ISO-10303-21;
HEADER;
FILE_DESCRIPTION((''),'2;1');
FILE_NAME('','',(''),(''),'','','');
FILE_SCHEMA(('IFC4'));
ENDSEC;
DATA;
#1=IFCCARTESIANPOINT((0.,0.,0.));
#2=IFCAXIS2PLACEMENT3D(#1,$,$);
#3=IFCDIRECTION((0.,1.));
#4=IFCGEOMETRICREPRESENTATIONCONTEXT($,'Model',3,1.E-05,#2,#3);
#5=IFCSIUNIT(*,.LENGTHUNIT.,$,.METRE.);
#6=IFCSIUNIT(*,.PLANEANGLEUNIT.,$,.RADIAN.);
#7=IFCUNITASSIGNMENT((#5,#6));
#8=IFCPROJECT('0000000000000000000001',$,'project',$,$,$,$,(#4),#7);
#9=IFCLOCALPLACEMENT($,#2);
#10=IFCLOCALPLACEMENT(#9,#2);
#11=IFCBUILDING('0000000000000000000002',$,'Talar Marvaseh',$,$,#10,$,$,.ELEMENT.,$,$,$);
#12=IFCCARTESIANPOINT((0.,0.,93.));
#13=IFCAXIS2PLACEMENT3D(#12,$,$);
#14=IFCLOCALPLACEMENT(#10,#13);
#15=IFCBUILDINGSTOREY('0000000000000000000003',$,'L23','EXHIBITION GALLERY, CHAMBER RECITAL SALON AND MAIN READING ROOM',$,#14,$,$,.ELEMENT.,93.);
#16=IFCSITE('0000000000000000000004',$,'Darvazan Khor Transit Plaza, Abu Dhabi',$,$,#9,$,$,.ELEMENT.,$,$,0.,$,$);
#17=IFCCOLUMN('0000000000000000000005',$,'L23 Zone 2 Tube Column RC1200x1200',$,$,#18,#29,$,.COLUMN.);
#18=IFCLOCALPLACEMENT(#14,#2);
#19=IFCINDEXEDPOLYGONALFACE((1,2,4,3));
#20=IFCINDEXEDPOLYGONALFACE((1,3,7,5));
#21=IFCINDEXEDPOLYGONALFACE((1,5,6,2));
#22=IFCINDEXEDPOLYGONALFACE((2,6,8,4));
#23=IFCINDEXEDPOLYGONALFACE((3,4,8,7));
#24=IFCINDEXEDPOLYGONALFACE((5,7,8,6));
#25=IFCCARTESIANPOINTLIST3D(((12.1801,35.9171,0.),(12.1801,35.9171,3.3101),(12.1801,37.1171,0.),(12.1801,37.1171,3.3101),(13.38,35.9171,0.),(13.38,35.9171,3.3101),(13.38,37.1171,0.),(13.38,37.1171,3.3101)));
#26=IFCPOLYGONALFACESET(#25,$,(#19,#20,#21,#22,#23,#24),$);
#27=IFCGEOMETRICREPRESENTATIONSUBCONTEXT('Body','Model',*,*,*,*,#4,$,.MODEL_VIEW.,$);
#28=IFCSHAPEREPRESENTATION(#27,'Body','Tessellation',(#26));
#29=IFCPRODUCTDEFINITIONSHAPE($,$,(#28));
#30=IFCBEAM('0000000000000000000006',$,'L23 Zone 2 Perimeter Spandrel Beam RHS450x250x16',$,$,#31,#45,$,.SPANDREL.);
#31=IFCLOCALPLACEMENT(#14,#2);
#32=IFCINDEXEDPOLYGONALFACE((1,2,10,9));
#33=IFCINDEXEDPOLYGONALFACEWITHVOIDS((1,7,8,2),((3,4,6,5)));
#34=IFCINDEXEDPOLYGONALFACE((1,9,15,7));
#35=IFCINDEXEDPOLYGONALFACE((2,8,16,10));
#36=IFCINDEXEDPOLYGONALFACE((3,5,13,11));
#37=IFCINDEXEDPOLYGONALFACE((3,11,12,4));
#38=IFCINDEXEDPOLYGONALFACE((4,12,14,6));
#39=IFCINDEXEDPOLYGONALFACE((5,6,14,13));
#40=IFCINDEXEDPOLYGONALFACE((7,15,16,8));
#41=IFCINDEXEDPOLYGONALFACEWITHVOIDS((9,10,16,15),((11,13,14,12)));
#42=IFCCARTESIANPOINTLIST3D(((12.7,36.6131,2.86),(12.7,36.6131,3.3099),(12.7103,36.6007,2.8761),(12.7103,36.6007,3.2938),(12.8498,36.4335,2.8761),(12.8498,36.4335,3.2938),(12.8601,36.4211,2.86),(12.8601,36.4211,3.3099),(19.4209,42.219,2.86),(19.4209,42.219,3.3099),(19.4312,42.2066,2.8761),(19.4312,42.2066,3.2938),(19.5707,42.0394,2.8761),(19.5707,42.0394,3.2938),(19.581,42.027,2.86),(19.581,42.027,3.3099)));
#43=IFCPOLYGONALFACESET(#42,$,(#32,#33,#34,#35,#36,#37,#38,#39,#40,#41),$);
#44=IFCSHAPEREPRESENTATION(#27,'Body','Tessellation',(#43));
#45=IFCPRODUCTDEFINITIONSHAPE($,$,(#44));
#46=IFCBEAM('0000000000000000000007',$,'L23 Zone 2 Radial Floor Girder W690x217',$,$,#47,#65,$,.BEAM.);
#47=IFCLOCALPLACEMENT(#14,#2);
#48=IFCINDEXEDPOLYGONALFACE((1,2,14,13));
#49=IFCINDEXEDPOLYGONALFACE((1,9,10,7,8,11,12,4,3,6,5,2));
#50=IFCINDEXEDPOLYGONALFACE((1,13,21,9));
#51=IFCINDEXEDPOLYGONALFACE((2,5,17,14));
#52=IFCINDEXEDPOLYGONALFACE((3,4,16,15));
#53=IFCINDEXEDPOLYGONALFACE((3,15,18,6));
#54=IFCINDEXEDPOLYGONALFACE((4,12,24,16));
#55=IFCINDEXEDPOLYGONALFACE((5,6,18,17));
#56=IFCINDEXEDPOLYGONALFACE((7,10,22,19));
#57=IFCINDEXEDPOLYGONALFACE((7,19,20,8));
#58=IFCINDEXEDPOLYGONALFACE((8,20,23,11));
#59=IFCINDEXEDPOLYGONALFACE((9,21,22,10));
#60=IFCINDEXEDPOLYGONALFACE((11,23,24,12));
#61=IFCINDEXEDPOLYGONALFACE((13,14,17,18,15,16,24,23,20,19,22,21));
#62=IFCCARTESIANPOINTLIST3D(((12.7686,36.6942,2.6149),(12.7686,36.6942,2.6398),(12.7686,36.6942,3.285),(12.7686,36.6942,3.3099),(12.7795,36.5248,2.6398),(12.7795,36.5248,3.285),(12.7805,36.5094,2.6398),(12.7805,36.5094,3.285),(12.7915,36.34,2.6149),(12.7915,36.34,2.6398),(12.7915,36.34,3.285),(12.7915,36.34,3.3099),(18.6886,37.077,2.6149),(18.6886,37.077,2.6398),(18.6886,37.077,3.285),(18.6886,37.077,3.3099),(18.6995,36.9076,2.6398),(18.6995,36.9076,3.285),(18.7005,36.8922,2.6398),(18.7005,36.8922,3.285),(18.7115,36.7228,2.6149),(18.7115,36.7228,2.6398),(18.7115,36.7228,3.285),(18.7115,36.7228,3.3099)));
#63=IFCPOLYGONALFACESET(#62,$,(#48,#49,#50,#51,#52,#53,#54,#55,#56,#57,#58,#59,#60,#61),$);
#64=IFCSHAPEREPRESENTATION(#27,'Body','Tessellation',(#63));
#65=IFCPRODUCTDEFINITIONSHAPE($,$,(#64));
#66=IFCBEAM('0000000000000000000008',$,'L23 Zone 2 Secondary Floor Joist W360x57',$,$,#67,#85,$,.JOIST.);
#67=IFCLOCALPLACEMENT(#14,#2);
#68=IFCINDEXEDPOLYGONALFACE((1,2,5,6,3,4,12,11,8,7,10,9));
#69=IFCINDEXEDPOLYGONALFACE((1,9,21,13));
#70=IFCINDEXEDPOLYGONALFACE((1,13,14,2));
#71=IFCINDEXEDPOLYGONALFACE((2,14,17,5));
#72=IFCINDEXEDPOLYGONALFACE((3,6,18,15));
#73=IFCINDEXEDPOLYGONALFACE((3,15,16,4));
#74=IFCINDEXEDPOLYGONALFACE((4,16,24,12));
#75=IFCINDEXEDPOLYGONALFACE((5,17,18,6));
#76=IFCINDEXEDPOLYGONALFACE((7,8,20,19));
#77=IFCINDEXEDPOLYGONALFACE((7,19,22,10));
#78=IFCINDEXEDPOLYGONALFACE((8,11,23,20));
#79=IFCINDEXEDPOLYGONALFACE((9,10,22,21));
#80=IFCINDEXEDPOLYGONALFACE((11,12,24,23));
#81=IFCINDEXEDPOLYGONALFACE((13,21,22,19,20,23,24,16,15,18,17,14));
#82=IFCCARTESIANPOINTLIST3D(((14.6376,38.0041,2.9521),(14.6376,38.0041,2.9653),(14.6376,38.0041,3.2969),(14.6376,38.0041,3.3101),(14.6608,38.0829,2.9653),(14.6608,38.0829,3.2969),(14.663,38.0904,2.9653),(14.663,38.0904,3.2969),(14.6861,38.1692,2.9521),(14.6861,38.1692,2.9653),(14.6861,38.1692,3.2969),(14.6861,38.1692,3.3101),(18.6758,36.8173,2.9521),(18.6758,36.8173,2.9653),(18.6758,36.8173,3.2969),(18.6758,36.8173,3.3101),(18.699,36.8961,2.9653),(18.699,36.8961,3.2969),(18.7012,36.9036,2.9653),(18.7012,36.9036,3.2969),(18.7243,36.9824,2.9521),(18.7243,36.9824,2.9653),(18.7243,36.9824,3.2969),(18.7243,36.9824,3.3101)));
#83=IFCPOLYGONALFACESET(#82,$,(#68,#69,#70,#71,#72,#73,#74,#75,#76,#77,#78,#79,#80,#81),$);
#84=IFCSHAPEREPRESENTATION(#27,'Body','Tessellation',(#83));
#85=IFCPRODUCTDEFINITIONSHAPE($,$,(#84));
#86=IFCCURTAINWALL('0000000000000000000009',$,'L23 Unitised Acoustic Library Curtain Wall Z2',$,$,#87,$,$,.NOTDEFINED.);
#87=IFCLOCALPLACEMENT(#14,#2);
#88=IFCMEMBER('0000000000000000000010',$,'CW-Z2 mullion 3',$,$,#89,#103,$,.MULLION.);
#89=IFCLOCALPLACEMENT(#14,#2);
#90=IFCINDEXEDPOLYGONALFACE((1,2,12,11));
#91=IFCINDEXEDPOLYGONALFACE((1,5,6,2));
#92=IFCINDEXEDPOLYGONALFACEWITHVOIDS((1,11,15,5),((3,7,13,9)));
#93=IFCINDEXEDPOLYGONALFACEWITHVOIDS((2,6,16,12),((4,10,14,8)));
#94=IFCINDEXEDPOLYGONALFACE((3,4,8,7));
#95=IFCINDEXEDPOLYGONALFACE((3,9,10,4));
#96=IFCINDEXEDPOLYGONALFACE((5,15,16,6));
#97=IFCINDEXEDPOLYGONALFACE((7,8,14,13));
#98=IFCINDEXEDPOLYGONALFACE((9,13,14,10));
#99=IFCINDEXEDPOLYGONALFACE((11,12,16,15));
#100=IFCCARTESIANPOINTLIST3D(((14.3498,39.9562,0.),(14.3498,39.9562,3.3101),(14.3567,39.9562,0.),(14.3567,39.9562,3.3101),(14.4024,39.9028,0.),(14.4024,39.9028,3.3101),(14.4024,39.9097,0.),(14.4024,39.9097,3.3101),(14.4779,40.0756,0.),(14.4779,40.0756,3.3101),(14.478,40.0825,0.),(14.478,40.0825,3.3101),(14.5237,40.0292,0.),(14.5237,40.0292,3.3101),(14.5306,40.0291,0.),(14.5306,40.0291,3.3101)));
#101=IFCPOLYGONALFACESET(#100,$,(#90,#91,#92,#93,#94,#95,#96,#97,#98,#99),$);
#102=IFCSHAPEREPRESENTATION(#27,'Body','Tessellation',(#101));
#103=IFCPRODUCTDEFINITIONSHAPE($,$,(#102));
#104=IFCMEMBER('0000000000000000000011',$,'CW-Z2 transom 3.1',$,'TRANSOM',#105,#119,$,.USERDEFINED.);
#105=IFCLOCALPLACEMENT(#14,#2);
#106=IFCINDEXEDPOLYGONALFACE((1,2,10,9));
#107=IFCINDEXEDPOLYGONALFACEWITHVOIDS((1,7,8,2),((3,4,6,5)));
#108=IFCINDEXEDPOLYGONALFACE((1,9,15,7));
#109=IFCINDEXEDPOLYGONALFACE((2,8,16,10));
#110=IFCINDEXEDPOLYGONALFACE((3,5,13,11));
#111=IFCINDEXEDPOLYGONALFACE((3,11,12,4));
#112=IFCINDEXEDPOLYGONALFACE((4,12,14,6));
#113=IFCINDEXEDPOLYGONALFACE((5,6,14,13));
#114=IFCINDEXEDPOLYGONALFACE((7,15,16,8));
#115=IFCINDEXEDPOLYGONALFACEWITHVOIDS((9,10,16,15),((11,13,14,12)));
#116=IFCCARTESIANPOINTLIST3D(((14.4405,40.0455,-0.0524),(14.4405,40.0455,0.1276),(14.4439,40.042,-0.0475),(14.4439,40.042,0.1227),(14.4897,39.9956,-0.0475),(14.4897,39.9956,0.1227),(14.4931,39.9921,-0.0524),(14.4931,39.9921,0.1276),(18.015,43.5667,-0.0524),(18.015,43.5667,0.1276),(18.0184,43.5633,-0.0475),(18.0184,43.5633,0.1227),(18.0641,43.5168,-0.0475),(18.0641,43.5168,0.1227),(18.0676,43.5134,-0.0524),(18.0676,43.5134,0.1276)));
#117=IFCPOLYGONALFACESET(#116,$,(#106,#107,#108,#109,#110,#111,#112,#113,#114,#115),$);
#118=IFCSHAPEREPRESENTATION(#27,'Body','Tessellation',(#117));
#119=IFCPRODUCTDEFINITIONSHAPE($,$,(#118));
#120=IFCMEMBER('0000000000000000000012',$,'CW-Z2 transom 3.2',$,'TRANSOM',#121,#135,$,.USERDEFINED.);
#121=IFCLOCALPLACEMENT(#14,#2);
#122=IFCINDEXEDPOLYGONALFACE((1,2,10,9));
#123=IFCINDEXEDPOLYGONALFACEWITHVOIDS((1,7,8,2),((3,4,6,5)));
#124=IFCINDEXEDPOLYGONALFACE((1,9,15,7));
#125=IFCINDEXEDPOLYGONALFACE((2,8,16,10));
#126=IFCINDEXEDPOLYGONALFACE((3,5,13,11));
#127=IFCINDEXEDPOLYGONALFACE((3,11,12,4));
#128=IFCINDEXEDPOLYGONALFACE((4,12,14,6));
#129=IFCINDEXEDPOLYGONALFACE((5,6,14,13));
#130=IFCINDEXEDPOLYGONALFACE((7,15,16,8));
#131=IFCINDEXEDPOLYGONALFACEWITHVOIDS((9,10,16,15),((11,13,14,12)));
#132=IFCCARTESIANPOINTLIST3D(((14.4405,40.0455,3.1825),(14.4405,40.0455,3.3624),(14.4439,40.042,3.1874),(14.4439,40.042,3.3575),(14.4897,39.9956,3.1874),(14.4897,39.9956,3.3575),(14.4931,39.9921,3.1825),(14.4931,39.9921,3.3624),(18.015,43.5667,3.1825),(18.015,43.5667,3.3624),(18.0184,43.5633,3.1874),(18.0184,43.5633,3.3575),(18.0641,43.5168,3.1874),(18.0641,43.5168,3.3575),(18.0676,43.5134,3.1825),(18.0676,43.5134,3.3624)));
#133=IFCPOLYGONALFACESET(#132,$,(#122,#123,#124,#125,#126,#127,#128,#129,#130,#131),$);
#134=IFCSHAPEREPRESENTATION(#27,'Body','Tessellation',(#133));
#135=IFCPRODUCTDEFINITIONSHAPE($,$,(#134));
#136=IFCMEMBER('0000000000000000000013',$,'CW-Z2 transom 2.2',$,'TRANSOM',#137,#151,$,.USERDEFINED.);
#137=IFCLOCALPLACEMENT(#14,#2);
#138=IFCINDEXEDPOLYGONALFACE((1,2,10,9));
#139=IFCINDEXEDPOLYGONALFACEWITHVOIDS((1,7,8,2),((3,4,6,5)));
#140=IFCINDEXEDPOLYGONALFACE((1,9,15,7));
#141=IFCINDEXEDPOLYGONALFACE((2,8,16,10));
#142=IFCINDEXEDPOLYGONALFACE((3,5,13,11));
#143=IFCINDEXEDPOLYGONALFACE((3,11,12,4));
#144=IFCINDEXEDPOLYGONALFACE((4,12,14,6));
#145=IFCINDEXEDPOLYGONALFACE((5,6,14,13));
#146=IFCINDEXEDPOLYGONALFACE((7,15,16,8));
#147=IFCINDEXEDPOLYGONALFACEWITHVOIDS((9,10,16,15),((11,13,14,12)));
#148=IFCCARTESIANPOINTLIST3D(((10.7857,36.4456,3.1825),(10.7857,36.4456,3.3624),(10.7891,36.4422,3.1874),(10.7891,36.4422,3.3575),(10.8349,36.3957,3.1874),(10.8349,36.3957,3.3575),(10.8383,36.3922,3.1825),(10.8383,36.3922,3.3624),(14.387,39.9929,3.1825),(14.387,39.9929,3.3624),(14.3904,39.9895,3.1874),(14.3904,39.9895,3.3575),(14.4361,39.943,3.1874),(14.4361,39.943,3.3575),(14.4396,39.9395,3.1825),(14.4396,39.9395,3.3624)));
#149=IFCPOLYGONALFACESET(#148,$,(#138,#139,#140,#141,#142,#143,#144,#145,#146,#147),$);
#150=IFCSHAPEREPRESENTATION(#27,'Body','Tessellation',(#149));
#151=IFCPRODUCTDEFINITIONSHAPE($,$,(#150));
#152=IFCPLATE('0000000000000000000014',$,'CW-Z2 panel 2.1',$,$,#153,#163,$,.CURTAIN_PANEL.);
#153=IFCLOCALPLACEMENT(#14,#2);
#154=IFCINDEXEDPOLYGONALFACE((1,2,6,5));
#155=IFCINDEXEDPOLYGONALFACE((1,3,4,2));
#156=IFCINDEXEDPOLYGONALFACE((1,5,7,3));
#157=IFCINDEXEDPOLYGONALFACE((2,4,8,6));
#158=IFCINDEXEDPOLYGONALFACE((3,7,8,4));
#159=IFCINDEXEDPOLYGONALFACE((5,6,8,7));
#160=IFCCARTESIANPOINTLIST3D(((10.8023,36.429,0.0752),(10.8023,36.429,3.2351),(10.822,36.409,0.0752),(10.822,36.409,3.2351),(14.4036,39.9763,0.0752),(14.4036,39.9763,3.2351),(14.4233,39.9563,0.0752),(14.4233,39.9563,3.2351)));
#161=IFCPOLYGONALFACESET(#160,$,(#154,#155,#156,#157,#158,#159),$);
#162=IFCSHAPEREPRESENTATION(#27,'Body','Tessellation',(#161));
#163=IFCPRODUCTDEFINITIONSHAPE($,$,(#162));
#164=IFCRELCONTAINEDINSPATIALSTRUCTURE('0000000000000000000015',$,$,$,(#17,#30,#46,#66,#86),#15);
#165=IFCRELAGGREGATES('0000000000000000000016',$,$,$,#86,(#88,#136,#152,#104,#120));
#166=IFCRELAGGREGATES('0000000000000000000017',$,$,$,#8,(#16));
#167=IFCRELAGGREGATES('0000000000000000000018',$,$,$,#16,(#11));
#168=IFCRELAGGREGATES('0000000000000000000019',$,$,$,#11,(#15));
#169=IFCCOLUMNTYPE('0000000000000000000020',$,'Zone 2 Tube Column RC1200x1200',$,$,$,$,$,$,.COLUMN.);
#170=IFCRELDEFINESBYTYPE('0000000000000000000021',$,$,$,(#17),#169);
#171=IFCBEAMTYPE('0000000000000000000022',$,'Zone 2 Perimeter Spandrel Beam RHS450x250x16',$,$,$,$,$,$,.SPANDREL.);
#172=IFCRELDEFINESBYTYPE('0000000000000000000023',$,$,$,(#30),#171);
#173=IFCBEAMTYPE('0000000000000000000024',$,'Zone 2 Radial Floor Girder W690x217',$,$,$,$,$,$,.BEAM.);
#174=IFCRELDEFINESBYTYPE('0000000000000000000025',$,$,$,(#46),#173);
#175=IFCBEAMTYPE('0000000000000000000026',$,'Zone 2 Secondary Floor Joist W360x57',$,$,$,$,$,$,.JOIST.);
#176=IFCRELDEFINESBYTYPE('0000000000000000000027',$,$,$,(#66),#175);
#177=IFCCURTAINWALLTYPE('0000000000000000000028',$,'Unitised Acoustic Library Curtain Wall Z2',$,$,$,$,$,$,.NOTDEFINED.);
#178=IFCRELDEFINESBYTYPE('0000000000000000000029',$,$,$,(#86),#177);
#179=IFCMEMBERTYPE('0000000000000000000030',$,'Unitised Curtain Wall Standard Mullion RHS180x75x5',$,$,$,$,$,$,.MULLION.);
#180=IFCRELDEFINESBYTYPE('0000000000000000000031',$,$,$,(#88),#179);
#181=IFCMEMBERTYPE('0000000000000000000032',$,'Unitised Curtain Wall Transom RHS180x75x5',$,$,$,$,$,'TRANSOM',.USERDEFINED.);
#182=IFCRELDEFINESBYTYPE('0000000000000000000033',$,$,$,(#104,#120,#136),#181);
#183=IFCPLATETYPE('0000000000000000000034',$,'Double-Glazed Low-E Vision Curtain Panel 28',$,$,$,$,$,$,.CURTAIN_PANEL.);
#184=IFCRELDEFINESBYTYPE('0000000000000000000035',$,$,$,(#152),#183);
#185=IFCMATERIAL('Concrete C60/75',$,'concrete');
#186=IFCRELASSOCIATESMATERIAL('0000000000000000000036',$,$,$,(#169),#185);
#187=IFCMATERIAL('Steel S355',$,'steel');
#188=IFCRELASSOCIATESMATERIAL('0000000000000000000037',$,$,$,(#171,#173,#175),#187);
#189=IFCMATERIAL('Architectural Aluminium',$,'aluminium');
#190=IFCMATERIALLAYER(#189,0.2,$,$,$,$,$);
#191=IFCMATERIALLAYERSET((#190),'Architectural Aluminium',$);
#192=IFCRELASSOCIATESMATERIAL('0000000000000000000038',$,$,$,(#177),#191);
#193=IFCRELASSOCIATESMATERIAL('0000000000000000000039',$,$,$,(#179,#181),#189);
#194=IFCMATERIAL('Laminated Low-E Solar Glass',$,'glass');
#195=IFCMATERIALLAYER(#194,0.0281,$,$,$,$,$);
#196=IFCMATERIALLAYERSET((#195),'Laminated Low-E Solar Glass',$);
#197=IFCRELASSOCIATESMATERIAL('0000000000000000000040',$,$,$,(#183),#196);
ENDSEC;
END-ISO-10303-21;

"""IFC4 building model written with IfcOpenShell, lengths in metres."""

from ifc_helpers import new_model, si_unit, direction, frame, origin, origin_2d, place, context, subcontext, project, spatial, rectangle, hollow_rectangle, i_section, extrude, source, transform, mapped, material, layer, layer_set, material_profile, profile_set, type_object, type_shapes, element, aggregate, save


model = new_model("IFC4")

# Units and contexts
model_context = context("Model", 3, precision=1e-05, world=origin(), true_north=direction((0.0, 1.0)))
body_context = subcontext(model_context, "Body", "Model", "MODEL_VIEW")
ifc_project = project(units=[si_unit("LENGTHUNIT", "METRE"), si_unit("PLANEANGLEUNIT", "RADIAN")], contexts=[model_context])

# Site, building, storey
site_placement = place(None, origin())
site = spatial("IfcSite", under=ifc_project, at=site_placement, Name="Darvazan Khor Transit Plaza, Abu Dhabi", CompositionType="ELEMENT", RefElevation=0.0)
building_placement = place(site_placement, origin())
building = spatial("IfcBuilding", under=site, at=building_placement, Name="Talar Marvaseh", CompositionType="ELEMENT")
storey_placement = place(building_placement, frame((0.0, 0.0, 93.0)))
storey = spatial("IfcBuildingStorey", under=building, at=storey_placement, Name="L23", Description="EXHIBITION GALLERY, CHAMBER RECITAL SALON AND MAIN READING ROOM", CompositionType="ELEMENT", Elevation=93.0)

# Column
ifc_material_1 = material(Name="Concrete C60/75", Category="concrete")
ifc_material_profile_1 = material_profile(ifc_material_1, rectangle(XDim=1.2, YDim=1.2, at=origin_2d()), Name="RC1200x1200")
ifc_profile_set_1 = profile_set([ifc_material_profile_1], Name="Concrete C60/75")
column_type = type_object("IfcColumnType", Name="Zone 2 Tube Column RC1200x1200", PredefinedType="COLUMN", material=ifc_profile_set_1)
column_placement = place(storey_placement, frame((12.78, 36.5171, 0.0), z_axis=(0.0, 0.0, 1.0), x_axis=(1.0, 0.0, 0.0)))
element("IfcColumn", 1, at=column_placement, inside=storey, type_object=column_type, Name="L23 Zone 2 Tube Column RC1200x1200", PredefinedType="COLUMN", context=body_context, shape_type="SweptSolid", body=[
    extrude(rectangle(XDim=1.2, YDim=1.2, at=origin_2d()), origin(), (0.0, 0.0, 1.0), 3.3101),
])

# Beams
ifc_material_2 = material(Name="Steel S355", Category="steel")
ifc_material_profile_2 = material_profile(ifc_material_2, hollow_rectangle(XDim=0.25, YDim=0.45, WallThickness=0.0161, at=origin_2d()), Name="RHS450x250x16")
ifc_profile_set_2 = profile_set([ifc_material_profile_2], Name="Steel S355")
beam_type_1 = type_object("IfcBeamType", Name="Zone 2 Perimeter Spandrel Beam RHS450x250x16", PredefinedType="SPANDREL", material=ifc_profile_set_2)
beam_1_placement = place(storey_placement, frame((12.78, 36.5171, 3.085), z_axis=(0.767931, 0.640533, 0.0), x_axis=(-0.640533, 0.767931, 0.0)))
element("IfcBeam", 2, at=beam_1_placement, inside=storey, type_object=beam_type_1, Name="L23 Zone 2 Perimeter Spandrel Beam RHS450x250x16", PredefinedType="SPANDREL", context=body_context, shape_type="SweptSolid", body=[
    extrude(hollow_rectangle(XDim=0.25, YDim=0.45, WallThickness=0.0161, at=origin_2d()), origin(), (0.0, 0.0, 1.0), 8.752),
])
ifc_material_profile_3 = material_profile(ifc_material_2, i_section(OverallWidth=0.355, OverallDepth=0.6951, WebThickness=0.0154, FlangeThickness=0.0249, at=origin_2d()), Name="W690x217")
ifc_profile_set_3 = profile_set([ifc_material_profile_3], Name="Steel S355")
beam_type_2 = type_object("IfcBeamType", Name="Zone 2 Radial Floor Girder W690x217", PredefinedType="BEAM", material=ifc_profile_set_3)
beam_2_placement = place(storey_placement, frame((12.78, 36.5171, 2.9624), z_axis=(0.997916, 0.06453, 0.0), x_axis=(-0.06453, 0.997916, 0.0)))
element("IfcBeam", 3, at=beam_2_placement, inside=storey, type_object=beam_type_2, Name="L23 Zone 2 Radial Floor Girder W690x217", PredefinedType="BEAM", context=body_context, shape_type="SweptSolid", body=[
    extrude(i_section(OverallWidth=0.355, OverallDepth=0.6951, WebThickness=0.0154, FlangeThickness=0.0249, at=origin_2d()), origin(), (0.0, 0.0, 1.0), 5.9324),
])
ifc_material_profile_4 = material_profile(ifc_material_2, i_section(OverallWidth=0.1721, OverallDepth=0.3579, WebThickness=0.0078, FlangeThickness=0.0132, at=origin_2d()), Name="W360x57")
ifc_profile_set_4 = profile_set([ifc_material_profile_4], Name="Steel S355")
beam_type_3 = type_object("IfcBeamType", Name="Zone 2 Secondary Floor Joist W360x57", PredefinedType="JOIST", material=ifc_profile_set_4)
beam_3_placement = place(storey_placement, frame((14.6619, 38.0867, 3.1311), z_axis=(0.959424, -0.281968, 0.0), x_axis=(0.281968, 0.959424, 0.0)))
element("IfcBeam", 4, at=beam_3_placement, inside=storey, type_object=beam_type_3, Name="L23 Zone 2 Secondary Floor Joist W360x57", PredefinedType="JOIST", context=body_context, shape_type="SweptSolid", body=[
    extrude(i_section(OverallWidth=0.1721, OverallDepth=0.3579, WebThickness=0.0078, FlangeThickness=0.0132, at=origin_2d()), origin(), (0.0, 0.0, 1.0), 4.209),
])

# Curtain wall, members, plate
ifc_material_3 = material(Name="Architectural Aluminium", Category="aluminium")
ifc_layer_1 = layer(ifc_material_3, 0.2)
ifc_layer_set_1 = layer_set([ifc_layer_1], Name="Architectural Aluminium")
curtain_wall_type = type_object("IfcCurtainWallType", Name="Unitised Acoustic Library Curtain Wall Z2", PredefinedType="NOTDEFINED", material=ifc_layer_set_1)
curtain_wall_placement = place(storey_placement, origin())
curtain_wall = element("IfcCurtainWall", 5, at=curtain_wall_placement, inside=storey, type_object=curtain_wall_type, Name="L23 Unitised Acoustic Library Curtain Wall Z2", PredefinedType="NOTDEFINED")
ifc_material_profile_5 = material_profile(ifc_material_3, hollow_rectangle(XDim=0.075, YDim=0.1799, WallThickness=0.0049, at=origin_2d()), Name="RHS180x75x5")
ifc_profile_set_5 = profile_set([ifc_material_profile_5], Name="Architectural Aluminium")
member_type_1 = type_object("IfcMemberType", Name="Unitised Curtain Wall Standard Mullion RHS180x75x5", PredefinedType="MULLION", material=ifc_profile_set_5)
shared_shape_1 = source(origin(), body_context, "Body", "SweptSolid", [
    extrude(hollow_rectangle(XDim=0.075, YDim=0.1799, WallThickness=0.0049, at=origin_2d()), origin(), (0.0, 0.0, 1.0), 3.3101),
])
type_shapes(member_type_1, [shared_shape_1])
member_1_placement = place(storey_placement, frame((14.4402, 39.9927, 0.0), z_axis=(0.0, 0.0, 1.0), x_axis=(-0.701755, 0.712418, 0.0)))
member_1 = element("IfcMember", 6, at=member_1_placement, type_object=member_type_1, Name="CW-Z2 mullion 3", PredefinedType="MULLION", context=body_context, shape_type="MappedRepresentation", body=[
    mapped(shared_shape_1, transform((0.0, 0.0, 0.0), x_axis=(1.0, 0.0, 0.0), y_axis=(0.0, 1.0, 0.0), z_axis=(0.0, 0.0, 1.0), scale=1.0)),
])
ifc_material_profile_6 = material_profile(ifc_material_3, hollow_rectangle(XDim=0.075, YDim=0.1799, WallThickness=0.0049, at=origin_2d()), Name="RHS180x75x5")
ifc_profile_set_6 = profile_set([ifc_material_profile_6], Name="Architectural Aluminium")
member_type_2 = type_object("IfcMemberType", Name="Unitised Curtain Wall Transom RHS180x75x5", ElementType="TRANSOM", PredefinedType="USERDEFINED", material=ifc_profile_set_6)
shared_shape_2 = source(origin(), body_context, "Body", "SweptSolid", [
    extrude(hollow_rectangle(XDim=0.075, YDim=0.1799, WallThickness=0.0049, at=origin_2d()), origin(), (0.0, 0.0, 1.0), 5.0176),
])
member_2_placement = place(storey_placement, frame((14.4668, 40.0188, 0.0376), z_axis=(0.712391, 0.701783, 0.0), x_axis=(-0.701783, 0.712391, 0.0)))
member_2 = element("IfcMember", 7, at=member_2_placement, type_object=member_type_2, Name="CW-Z2 transom 3.1", ObjectType="TRANSOM", PredefinedType="USERDEFINED", context=body_context, shape_type="MappedRepresentation", body=[
    mapped(shared_shape_2, transform((0.0, 0.0, 0.0), x_axis=(1.0, 0.0, 0.0), y_axis=(0.0, 1.0, 0.0), z_axis=(0.0, 0.0, 1.0), scale=1.0)),
])
member_3_placement = place(storey_placement, frame((14.4668, 40.0188, 3.2725), z_axis=(0.712391, 0.701783, 0.0), x_axis=(-0.701783, 0.712391, 0.0)))
member_3 = element("IfcMember", 8, at=member_3_placement, type_object=member_type_2, Name="CW-Z2 transom 3.2", ObjectType="TRANSOM", PredefinedType="USERDEFINED", context=body_context, shape_type="MappedRepresentation", body=[
    mapped(shared_shape_2, transform((0.0, 0.0, 0.0), x_axis=(1.0, 0.0, 0.0), y_axis=(0.0, 1.0, 0.0), z_axis=(0.0, 0.0, 1.0), scale=1.0)),
])
shared_shape_3 = source(origin(), body_context, "Body", "SweptSolid", [
    extrude(hollow_rectangle(XDim=0.075, YDim=0.1799, WallThickness=0.0049, at=origin_2d()), origin(), (0.0, 0.0, 1.0), 5.0549),
])
type_shapes(member_type_2, [shared_shape_2, shared_shape_3])
member_4_placement = place(storey_placement, frame((10.812, 36.4189, 3.2725), z_axis=(0.712423, 0.70175, 0.0), x_axis=(-0.70175, 0.712423, 0.0)))
member_4 = element("IfcMember", 9, at=member_4_placement, type_object=member_type_2, Name="CW-Z2 transom 2.2", ObjectType="TRANSOM", PredefinedType="USERDEFINED", context=body_context, shape_type="MappedRepresentation", body=[
    mapped(shared_shape_3, transform((0.0, 0.0, 0.0), x_axis=(1.0, 0.0, 0.0), y_axis=(0.0, 1.0, 0.0), z_axis=(0.0, 0.0, 1.0), scale=1.0)),
])
ifc_material_4 = material(Name="Laminated Low-E Solar Glass", Category="glass")
ifc_layer_2 = layer(ifc_material_4, 0.0281)
ifc_layer_set_2 = layer_set([ifc_layer_2], Name="Laminated Low-E Solar Glass")
plate_type = type_object("IfcPlateType", Name="Double-Glazed Low-E Vision Curtain Panel 28", PredefinedType="CURTAIN_PANEL", material=ifc_layer_set_2)
shared_shape_4 = source(origin(), body_context, "Body", "SweptSolid", [
    extrude(rectangle(XDim=5.0549, YDim=0.0281, at=origin_2d()), origin(), (0.0, 0.0, 1.0), 3.1599),
])
type_shapes(plate_type, [shared_shape_4])
plate_placement = place(storey_placement, frame((12.6128, 38.1926, 0.0752), z_axis=(0.0, 0.0, 1.0), x_axis=(0.712418, 0.701755, 0.0)))
plate = element("IfcPlate", 10, at=plate_placement, type_object=plate_type, Name="CW-Z2 panel 2.1", PredefinedType="CURTAIN_PANEL", context=body_context, shape_type="MappedRepresentation", body=[
    mapped(shared_shape_4, transform((0.0, 0.0, 0.0), x_axis=(1.0, 0.0, 0.0), y_axis=(0.0, 1.0, 0.0), z_axis=(0.0, 0.0, 1.0), scale=1.0)),
])
aggregate(curtain_wall, [member_1, member_4, plate, member_2, member_3])

save(model, "model.ifc")
